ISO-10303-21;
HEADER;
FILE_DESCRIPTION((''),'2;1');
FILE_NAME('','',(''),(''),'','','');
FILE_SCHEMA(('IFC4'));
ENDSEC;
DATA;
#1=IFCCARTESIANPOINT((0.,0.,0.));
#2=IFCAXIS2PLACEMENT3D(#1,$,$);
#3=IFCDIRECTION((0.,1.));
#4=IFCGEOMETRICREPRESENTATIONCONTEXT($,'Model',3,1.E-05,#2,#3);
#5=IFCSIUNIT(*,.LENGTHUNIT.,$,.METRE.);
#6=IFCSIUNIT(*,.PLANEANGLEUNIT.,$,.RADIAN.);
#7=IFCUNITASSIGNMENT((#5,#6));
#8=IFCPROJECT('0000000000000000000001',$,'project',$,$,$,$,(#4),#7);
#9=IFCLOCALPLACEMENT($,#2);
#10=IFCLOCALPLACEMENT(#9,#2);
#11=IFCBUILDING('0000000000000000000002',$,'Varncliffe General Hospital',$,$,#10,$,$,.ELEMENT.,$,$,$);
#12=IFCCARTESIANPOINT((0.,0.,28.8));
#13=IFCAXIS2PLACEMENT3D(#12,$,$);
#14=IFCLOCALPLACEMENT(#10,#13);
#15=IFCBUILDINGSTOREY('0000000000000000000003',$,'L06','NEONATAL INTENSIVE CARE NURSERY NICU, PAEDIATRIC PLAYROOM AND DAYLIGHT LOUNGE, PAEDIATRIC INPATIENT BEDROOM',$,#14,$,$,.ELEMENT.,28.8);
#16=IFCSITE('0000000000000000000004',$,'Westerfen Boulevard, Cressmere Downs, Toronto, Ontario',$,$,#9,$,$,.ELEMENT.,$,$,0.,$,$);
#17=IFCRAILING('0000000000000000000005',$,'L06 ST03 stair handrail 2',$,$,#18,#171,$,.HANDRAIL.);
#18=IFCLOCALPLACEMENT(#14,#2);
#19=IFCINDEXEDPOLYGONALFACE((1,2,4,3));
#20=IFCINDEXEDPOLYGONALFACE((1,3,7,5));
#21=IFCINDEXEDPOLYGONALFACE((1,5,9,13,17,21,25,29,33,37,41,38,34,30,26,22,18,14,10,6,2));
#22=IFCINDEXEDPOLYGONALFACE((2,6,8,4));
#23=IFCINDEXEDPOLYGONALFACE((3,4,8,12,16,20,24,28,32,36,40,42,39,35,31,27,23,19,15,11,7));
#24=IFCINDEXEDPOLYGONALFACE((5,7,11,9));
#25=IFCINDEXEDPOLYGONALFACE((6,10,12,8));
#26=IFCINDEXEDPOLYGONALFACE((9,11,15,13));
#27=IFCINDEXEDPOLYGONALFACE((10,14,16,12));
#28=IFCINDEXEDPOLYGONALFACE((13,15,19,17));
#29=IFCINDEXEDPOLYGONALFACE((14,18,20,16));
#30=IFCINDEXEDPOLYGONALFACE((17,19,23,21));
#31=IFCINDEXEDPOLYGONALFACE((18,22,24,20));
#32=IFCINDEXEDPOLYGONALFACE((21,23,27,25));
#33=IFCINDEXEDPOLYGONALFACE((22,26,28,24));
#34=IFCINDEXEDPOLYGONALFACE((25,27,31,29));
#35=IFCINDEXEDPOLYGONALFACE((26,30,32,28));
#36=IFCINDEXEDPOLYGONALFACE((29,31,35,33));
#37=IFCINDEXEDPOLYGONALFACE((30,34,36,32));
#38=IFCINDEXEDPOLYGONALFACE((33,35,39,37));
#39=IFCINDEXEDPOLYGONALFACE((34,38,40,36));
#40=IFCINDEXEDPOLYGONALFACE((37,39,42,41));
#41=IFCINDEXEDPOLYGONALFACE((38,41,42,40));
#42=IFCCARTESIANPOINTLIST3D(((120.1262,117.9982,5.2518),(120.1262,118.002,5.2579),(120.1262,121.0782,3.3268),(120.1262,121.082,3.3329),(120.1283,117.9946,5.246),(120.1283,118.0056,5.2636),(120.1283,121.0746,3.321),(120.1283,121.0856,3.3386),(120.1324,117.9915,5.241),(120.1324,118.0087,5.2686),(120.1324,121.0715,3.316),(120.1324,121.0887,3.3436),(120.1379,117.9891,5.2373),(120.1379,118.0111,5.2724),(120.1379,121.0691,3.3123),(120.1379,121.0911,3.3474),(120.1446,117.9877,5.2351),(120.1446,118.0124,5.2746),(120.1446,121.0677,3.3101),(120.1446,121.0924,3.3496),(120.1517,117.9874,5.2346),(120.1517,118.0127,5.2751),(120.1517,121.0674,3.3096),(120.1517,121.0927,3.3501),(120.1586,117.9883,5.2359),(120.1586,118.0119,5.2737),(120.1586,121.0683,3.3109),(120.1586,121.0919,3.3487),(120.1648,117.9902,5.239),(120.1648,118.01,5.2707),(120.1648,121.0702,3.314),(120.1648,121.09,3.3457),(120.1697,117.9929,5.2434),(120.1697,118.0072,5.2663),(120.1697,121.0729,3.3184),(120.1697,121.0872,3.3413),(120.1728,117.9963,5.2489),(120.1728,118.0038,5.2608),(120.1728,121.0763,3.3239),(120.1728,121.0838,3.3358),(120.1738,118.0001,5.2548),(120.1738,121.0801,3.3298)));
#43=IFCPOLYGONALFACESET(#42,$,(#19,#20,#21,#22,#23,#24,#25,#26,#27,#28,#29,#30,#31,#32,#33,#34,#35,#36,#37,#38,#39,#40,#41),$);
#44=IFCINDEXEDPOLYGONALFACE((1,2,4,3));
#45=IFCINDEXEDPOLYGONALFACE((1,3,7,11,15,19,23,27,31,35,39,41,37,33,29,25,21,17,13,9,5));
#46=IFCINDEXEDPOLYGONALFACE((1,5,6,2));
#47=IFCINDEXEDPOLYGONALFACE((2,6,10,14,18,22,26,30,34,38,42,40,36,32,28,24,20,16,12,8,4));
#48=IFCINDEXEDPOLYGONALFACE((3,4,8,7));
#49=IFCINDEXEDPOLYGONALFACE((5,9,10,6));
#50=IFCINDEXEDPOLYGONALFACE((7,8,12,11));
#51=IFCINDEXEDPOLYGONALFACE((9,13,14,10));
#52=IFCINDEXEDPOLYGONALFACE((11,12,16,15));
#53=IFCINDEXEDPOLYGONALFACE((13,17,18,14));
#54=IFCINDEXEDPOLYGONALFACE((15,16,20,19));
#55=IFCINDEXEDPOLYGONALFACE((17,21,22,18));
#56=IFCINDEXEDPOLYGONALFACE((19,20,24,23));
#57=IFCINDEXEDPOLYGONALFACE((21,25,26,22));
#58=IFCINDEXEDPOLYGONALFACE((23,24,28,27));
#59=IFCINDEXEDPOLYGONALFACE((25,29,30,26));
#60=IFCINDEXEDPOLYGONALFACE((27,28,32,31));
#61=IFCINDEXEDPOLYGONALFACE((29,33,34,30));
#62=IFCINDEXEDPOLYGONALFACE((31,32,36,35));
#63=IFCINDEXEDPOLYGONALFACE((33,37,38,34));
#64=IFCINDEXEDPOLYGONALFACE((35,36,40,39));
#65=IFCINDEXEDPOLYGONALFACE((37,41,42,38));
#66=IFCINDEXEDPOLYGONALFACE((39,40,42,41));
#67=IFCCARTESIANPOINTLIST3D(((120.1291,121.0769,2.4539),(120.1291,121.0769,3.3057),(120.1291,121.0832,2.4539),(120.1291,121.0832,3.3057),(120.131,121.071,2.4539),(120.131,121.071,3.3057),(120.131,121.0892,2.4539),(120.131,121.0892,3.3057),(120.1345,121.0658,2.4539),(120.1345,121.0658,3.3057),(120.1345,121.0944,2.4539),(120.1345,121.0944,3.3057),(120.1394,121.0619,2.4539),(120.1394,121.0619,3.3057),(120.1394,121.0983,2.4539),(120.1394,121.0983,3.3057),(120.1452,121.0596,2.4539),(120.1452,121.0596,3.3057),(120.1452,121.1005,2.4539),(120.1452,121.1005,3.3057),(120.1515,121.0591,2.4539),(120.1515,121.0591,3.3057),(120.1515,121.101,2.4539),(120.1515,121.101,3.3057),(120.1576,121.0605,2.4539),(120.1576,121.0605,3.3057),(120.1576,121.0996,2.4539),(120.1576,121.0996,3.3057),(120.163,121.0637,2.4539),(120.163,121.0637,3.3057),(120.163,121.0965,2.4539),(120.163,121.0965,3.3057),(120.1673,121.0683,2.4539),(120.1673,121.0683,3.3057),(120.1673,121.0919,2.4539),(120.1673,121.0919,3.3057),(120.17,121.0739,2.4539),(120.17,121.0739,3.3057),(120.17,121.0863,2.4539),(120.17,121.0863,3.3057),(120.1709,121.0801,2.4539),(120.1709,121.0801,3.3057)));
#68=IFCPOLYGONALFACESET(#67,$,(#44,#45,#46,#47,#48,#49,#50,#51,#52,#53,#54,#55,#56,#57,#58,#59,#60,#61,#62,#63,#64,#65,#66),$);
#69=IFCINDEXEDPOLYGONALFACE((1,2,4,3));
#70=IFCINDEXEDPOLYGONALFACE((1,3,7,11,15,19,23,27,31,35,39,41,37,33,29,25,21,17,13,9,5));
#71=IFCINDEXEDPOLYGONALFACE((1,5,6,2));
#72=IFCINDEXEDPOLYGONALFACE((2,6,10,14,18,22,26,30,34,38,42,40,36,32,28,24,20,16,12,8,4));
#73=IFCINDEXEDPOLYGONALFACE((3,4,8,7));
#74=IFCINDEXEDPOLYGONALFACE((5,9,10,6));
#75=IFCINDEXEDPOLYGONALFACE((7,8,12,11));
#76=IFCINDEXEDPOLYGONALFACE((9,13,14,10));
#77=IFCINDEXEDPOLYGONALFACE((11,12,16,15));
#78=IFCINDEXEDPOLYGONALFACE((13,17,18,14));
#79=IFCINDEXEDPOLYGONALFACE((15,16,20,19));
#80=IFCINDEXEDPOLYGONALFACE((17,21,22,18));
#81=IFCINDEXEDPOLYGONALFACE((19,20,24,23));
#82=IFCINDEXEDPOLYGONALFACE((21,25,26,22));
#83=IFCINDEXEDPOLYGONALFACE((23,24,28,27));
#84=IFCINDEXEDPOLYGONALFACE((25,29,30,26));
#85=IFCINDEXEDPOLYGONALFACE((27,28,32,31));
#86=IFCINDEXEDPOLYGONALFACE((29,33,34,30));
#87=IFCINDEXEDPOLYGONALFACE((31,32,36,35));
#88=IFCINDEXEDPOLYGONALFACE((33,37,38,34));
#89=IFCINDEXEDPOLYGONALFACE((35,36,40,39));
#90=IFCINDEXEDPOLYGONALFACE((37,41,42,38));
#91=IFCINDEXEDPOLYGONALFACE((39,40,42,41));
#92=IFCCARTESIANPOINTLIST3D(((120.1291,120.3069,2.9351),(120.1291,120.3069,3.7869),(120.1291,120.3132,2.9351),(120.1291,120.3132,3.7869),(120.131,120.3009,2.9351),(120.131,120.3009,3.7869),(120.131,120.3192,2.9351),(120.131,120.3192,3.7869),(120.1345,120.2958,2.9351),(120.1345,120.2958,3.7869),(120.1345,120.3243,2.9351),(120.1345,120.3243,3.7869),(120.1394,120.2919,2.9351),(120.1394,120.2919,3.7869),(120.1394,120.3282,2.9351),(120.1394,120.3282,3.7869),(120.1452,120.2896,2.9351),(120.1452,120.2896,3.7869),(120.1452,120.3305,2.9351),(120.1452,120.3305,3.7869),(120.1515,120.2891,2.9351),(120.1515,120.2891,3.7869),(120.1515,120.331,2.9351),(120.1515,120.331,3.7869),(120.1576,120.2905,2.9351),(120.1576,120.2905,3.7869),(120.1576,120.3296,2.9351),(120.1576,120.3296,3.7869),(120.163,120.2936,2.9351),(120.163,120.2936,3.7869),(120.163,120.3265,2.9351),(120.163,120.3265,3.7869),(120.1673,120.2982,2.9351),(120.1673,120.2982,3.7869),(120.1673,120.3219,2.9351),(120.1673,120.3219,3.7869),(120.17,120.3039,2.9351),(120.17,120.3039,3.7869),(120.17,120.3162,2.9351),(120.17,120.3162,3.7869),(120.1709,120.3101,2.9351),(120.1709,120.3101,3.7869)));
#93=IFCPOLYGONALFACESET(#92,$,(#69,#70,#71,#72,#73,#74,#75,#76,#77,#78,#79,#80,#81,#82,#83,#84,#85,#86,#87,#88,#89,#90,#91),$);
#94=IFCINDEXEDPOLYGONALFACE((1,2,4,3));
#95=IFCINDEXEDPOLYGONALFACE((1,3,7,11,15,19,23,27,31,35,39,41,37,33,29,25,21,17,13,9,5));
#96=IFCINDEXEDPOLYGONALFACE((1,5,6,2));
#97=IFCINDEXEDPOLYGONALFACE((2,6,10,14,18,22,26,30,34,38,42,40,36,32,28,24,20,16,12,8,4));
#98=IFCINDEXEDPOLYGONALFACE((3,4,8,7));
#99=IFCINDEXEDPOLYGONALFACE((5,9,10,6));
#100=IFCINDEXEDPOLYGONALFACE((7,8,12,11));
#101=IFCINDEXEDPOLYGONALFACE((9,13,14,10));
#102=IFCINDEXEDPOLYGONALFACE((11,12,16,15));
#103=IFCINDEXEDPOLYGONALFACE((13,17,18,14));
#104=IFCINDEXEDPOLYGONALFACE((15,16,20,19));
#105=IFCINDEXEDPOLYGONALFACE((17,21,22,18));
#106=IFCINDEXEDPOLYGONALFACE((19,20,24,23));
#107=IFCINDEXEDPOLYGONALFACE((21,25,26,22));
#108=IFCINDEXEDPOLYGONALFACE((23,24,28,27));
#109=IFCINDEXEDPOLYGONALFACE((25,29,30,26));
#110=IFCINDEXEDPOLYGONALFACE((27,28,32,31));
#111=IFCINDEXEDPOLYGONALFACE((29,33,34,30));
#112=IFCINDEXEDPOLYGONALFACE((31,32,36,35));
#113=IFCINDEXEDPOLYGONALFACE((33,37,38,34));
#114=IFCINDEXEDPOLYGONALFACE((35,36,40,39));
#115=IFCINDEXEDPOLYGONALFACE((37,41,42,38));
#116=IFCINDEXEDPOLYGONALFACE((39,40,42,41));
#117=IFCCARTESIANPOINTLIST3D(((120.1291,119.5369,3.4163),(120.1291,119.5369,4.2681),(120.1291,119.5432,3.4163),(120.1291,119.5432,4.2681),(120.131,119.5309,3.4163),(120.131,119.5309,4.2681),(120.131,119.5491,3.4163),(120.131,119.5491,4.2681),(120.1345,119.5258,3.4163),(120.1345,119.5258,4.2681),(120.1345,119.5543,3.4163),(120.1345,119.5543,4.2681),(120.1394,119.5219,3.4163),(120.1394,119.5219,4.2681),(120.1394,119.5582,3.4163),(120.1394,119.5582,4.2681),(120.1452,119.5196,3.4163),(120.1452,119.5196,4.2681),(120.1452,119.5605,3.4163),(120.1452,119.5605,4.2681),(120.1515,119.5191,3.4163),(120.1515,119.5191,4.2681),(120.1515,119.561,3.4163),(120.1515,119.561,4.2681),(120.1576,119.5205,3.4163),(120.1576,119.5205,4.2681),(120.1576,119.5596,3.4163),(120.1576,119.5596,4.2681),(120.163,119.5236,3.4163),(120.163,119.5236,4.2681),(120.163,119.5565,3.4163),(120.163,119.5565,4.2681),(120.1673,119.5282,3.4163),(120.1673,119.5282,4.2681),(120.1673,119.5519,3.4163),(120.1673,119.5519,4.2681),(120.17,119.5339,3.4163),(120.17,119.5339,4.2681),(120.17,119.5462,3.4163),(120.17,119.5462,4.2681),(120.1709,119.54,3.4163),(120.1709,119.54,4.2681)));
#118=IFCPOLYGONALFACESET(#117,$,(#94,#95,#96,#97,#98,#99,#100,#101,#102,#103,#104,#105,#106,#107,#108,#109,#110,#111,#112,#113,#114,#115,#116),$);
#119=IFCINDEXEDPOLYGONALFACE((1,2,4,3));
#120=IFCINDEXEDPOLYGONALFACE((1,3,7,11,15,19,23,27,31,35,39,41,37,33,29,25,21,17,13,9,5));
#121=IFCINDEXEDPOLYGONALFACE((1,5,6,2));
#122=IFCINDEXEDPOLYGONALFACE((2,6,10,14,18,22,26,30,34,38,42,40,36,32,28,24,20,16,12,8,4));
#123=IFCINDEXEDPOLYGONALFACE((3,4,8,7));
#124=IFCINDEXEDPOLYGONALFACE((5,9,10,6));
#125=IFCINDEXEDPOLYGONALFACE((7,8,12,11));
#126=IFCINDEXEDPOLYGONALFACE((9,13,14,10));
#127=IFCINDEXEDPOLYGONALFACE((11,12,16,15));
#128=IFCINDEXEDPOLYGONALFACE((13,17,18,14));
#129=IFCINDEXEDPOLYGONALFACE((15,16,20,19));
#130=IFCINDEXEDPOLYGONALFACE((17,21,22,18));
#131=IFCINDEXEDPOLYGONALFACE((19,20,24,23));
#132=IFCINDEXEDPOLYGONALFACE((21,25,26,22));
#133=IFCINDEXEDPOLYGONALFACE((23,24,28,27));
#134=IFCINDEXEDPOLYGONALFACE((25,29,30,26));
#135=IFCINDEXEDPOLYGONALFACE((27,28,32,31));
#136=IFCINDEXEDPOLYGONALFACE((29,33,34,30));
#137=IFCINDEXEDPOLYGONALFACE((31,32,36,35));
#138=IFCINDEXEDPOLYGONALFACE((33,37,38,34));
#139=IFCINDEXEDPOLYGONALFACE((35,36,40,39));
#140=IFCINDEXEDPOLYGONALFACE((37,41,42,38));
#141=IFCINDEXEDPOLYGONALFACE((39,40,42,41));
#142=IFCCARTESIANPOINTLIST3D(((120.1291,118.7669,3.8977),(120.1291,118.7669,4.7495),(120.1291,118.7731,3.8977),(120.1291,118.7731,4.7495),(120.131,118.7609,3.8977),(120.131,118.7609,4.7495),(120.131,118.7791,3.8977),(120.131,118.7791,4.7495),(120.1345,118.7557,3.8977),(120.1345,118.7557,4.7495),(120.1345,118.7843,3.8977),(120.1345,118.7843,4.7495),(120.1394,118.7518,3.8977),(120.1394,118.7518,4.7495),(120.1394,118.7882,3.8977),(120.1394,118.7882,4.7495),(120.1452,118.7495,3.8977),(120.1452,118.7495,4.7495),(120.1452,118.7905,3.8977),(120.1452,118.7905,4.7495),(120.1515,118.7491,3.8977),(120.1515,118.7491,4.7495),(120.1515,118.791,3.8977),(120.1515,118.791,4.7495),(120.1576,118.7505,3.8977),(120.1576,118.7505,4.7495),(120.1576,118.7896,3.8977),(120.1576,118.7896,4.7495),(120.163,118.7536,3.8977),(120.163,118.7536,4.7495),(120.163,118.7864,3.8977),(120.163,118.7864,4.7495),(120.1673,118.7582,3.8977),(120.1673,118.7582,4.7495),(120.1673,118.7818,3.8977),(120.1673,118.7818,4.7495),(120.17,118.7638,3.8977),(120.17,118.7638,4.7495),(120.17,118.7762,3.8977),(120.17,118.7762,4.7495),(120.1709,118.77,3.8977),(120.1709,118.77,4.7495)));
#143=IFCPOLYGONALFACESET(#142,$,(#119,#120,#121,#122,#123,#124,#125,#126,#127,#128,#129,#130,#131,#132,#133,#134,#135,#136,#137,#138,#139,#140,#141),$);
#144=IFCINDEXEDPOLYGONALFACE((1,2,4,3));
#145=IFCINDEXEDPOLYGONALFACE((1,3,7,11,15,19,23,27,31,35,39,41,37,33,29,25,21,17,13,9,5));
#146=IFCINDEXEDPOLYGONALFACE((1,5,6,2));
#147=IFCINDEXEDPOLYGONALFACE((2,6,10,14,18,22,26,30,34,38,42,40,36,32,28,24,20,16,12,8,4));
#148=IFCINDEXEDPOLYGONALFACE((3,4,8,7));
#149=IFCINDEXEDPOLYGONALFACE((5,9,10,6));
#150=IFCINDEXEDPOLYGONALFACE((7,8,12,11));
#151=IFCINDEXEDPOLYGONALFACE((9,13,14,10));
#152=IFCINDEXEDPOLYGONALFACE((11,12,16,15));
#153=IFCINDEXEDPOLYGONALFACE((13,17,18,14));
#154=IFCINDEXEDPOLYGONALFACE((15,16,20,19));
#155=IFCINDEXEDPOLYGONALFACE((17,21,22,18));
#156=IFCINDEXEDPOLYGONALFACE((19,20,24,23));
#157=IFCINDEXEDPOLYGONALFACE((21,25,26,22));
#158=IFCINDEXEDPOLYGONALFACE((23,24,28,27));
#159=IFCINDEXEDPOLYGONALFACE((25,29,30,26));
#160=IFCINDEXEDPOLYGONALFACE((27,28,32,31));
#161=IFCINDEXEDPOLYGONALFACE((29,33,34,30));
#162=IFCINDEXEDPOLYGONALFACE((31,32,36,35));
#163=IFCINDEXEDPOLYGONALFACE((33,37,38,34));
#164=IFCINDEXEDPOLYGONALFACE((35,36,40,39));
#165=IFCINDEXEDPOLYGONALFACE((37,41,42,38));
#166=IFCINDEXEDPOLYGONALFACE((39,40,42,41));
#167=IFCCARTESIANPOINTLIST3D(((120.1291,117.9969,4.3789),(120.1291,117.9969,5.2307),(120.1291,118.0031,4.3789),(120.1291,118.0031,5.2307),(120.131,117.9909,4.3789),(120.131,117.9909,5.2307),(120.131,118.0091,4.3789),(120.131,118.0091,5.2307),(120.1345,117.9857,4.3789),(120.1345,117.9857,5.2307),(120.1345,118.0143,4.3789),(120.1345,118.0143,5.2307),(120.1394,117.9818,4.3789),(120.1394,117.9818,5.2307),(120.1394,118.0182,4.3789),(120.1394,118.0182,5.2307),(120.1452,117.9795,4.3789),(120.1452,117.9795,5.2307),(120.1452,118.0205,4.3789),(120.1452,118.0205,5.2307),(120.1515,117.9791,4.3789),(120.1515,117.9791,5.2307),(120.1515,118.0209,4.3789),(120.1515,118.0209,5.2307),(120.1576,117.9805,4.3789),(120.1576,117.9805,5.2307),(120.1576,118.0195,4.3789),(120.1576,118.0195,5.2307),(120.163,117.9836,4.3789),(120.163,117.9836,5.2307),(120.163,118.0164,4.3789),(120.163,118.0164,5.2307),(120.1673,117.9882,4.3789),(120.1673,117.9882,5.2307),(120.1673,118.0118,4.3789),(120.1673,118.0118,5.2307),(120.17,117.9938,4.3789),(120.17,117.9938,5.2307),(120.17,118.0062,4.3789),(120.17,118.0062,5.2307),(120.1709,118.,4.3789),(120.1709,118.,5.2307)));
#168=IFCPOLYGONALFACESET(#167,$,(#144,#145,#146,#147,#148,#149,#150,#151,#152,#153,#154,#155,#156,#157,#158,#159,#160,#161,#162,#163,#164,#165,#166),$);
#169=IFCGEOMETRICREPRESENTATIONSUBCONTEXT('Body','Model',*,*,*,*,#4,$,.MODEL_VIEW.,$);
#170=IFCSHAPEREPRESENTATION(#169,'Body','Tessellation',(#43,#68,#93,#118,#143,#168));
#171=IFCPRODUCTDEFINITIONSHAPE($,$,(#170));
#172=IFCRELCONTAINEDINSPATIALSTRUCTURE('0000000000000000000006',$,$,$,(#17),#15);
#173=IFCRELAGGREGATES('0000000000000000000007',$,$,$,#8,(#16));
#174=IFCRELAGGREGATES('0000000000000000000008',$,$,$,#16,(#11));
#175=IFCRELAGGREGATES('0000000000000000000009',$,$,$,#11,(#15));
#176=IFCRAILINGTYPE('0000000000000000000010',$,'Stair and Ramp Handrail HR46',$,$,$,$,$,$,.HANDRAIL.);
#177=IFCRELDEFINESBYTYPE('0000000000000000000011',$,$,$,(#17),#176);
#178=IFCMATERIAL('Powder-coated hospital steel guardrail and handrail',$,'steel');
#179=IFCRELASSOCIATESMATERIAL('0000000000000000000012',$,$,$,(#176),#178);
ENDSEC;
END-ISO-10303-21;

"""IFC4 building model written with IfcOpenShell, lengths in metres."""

from ifc_helpers import new_model, si_unit, direction, frame, origin, origin_2d, place, context, subcontext, project, spatial, circle, extrude, material, type_object, element, save


model = new_model("IFC4")

# Units and contexts
model_context = context("Model", 3, precision=1e-05, world=origin(), true_north=direction((0.0, 1.0)))
body_context = subcontext(model_context, "Body", "Model", "MODEL_VIEW")
ifc_project = project(units=[si_unit("LENGTHUNIT", "METRE"), si_unit("PLANEANGLEUNIT", "RADIAN")], contexts=[model_context])

# Site, building, storey
site_placement = place(None, origin())
site = spatial("IfcSite", under=ifc_project, at=site_placement, Name="Westerfen Boulevard, Cressmere Downs, Toronto, Ontario", CompositionType="ELEMENT", RefElevation=0.0)
building_placement = place(site_placement, origin())
building = spatial("IfcBuilding", under=site, at=building_placement, Name="Varncliffe General Hospital", CompositionType="ELEMENT")
storey_placement = place(building_placement, frame((0.0, 0.0, 28.8)))
storey = spatial("IfcBuildingStorey", under=building, at=storey_placement, Name="L06", Description="NEONATAL INTENSIVE CARE NURSERY NICU, PAEDIATRIC PLAYROOM AND DAYLIGHT LOUNGE, PAEDIATRIC INPATIENT BEDROOM", CompositionType="ELEMENT", Elevation=28.8)

# Railing
ifc_material_1 = material(Name="Powder-coated hospital steel guardrail and handrail", Category="steel")
railing_type_1 = type_object("IfcRailingType", Name="Stair and Ramp Handrail HR46", PredefinedType="HANDRAIL", material=ifc_material_1)
railing_1_placement = place(storey_placement, frame((120.1499, 121.0801, 2.4539)))
element("IfcRailing", 1, at=railing_1_placement, inside=storey, type_object=railing_type_1, Name="L06 ST03 stair handrail 2", PredefinedType="HANDRAIL", context=body_context, shape_type="SweptSolid", body=[
    extrude(circle(Radius=0.0239, at=origin_2d()), frame((0.0, 0.0, 0.876), z_axis=(0.0, -0.847998, 0.529999), x_axis=(1.0, 0.0, 0.0)), (0.0, 0.0, 1.0), 3.6321),
    extrude(circle(Radius=0.021, at=origin_2d()), origin(), (0.0, 0.0, 1.0), 0.8518),
    extrude(circle(Radius=0.021, at=origin_2d()), frame((0.0, -0.77, 0.4812)), (0.0, 0.0, 1.0), 0.8518),
    extrude(circle(Radius=0.021, at=origin_2d()), frame((0.0, -1.54, 0.9624)), (0.0, 0.0, 1.0), 0.8518),
    extrude(circle(Radius=0.021, at=origin_2d()), frame((0.0, -2.3101, 1.4438)), (0.0, 0.0, 1.0), 0.8518),
    extrude(circle(Radius=0.021, at=origin_2d()), frame((0.0, -3.0801, 1.925)), (0.0, 0.0, 1.0), 0.8518),
])

save(model, "model.ifc")
